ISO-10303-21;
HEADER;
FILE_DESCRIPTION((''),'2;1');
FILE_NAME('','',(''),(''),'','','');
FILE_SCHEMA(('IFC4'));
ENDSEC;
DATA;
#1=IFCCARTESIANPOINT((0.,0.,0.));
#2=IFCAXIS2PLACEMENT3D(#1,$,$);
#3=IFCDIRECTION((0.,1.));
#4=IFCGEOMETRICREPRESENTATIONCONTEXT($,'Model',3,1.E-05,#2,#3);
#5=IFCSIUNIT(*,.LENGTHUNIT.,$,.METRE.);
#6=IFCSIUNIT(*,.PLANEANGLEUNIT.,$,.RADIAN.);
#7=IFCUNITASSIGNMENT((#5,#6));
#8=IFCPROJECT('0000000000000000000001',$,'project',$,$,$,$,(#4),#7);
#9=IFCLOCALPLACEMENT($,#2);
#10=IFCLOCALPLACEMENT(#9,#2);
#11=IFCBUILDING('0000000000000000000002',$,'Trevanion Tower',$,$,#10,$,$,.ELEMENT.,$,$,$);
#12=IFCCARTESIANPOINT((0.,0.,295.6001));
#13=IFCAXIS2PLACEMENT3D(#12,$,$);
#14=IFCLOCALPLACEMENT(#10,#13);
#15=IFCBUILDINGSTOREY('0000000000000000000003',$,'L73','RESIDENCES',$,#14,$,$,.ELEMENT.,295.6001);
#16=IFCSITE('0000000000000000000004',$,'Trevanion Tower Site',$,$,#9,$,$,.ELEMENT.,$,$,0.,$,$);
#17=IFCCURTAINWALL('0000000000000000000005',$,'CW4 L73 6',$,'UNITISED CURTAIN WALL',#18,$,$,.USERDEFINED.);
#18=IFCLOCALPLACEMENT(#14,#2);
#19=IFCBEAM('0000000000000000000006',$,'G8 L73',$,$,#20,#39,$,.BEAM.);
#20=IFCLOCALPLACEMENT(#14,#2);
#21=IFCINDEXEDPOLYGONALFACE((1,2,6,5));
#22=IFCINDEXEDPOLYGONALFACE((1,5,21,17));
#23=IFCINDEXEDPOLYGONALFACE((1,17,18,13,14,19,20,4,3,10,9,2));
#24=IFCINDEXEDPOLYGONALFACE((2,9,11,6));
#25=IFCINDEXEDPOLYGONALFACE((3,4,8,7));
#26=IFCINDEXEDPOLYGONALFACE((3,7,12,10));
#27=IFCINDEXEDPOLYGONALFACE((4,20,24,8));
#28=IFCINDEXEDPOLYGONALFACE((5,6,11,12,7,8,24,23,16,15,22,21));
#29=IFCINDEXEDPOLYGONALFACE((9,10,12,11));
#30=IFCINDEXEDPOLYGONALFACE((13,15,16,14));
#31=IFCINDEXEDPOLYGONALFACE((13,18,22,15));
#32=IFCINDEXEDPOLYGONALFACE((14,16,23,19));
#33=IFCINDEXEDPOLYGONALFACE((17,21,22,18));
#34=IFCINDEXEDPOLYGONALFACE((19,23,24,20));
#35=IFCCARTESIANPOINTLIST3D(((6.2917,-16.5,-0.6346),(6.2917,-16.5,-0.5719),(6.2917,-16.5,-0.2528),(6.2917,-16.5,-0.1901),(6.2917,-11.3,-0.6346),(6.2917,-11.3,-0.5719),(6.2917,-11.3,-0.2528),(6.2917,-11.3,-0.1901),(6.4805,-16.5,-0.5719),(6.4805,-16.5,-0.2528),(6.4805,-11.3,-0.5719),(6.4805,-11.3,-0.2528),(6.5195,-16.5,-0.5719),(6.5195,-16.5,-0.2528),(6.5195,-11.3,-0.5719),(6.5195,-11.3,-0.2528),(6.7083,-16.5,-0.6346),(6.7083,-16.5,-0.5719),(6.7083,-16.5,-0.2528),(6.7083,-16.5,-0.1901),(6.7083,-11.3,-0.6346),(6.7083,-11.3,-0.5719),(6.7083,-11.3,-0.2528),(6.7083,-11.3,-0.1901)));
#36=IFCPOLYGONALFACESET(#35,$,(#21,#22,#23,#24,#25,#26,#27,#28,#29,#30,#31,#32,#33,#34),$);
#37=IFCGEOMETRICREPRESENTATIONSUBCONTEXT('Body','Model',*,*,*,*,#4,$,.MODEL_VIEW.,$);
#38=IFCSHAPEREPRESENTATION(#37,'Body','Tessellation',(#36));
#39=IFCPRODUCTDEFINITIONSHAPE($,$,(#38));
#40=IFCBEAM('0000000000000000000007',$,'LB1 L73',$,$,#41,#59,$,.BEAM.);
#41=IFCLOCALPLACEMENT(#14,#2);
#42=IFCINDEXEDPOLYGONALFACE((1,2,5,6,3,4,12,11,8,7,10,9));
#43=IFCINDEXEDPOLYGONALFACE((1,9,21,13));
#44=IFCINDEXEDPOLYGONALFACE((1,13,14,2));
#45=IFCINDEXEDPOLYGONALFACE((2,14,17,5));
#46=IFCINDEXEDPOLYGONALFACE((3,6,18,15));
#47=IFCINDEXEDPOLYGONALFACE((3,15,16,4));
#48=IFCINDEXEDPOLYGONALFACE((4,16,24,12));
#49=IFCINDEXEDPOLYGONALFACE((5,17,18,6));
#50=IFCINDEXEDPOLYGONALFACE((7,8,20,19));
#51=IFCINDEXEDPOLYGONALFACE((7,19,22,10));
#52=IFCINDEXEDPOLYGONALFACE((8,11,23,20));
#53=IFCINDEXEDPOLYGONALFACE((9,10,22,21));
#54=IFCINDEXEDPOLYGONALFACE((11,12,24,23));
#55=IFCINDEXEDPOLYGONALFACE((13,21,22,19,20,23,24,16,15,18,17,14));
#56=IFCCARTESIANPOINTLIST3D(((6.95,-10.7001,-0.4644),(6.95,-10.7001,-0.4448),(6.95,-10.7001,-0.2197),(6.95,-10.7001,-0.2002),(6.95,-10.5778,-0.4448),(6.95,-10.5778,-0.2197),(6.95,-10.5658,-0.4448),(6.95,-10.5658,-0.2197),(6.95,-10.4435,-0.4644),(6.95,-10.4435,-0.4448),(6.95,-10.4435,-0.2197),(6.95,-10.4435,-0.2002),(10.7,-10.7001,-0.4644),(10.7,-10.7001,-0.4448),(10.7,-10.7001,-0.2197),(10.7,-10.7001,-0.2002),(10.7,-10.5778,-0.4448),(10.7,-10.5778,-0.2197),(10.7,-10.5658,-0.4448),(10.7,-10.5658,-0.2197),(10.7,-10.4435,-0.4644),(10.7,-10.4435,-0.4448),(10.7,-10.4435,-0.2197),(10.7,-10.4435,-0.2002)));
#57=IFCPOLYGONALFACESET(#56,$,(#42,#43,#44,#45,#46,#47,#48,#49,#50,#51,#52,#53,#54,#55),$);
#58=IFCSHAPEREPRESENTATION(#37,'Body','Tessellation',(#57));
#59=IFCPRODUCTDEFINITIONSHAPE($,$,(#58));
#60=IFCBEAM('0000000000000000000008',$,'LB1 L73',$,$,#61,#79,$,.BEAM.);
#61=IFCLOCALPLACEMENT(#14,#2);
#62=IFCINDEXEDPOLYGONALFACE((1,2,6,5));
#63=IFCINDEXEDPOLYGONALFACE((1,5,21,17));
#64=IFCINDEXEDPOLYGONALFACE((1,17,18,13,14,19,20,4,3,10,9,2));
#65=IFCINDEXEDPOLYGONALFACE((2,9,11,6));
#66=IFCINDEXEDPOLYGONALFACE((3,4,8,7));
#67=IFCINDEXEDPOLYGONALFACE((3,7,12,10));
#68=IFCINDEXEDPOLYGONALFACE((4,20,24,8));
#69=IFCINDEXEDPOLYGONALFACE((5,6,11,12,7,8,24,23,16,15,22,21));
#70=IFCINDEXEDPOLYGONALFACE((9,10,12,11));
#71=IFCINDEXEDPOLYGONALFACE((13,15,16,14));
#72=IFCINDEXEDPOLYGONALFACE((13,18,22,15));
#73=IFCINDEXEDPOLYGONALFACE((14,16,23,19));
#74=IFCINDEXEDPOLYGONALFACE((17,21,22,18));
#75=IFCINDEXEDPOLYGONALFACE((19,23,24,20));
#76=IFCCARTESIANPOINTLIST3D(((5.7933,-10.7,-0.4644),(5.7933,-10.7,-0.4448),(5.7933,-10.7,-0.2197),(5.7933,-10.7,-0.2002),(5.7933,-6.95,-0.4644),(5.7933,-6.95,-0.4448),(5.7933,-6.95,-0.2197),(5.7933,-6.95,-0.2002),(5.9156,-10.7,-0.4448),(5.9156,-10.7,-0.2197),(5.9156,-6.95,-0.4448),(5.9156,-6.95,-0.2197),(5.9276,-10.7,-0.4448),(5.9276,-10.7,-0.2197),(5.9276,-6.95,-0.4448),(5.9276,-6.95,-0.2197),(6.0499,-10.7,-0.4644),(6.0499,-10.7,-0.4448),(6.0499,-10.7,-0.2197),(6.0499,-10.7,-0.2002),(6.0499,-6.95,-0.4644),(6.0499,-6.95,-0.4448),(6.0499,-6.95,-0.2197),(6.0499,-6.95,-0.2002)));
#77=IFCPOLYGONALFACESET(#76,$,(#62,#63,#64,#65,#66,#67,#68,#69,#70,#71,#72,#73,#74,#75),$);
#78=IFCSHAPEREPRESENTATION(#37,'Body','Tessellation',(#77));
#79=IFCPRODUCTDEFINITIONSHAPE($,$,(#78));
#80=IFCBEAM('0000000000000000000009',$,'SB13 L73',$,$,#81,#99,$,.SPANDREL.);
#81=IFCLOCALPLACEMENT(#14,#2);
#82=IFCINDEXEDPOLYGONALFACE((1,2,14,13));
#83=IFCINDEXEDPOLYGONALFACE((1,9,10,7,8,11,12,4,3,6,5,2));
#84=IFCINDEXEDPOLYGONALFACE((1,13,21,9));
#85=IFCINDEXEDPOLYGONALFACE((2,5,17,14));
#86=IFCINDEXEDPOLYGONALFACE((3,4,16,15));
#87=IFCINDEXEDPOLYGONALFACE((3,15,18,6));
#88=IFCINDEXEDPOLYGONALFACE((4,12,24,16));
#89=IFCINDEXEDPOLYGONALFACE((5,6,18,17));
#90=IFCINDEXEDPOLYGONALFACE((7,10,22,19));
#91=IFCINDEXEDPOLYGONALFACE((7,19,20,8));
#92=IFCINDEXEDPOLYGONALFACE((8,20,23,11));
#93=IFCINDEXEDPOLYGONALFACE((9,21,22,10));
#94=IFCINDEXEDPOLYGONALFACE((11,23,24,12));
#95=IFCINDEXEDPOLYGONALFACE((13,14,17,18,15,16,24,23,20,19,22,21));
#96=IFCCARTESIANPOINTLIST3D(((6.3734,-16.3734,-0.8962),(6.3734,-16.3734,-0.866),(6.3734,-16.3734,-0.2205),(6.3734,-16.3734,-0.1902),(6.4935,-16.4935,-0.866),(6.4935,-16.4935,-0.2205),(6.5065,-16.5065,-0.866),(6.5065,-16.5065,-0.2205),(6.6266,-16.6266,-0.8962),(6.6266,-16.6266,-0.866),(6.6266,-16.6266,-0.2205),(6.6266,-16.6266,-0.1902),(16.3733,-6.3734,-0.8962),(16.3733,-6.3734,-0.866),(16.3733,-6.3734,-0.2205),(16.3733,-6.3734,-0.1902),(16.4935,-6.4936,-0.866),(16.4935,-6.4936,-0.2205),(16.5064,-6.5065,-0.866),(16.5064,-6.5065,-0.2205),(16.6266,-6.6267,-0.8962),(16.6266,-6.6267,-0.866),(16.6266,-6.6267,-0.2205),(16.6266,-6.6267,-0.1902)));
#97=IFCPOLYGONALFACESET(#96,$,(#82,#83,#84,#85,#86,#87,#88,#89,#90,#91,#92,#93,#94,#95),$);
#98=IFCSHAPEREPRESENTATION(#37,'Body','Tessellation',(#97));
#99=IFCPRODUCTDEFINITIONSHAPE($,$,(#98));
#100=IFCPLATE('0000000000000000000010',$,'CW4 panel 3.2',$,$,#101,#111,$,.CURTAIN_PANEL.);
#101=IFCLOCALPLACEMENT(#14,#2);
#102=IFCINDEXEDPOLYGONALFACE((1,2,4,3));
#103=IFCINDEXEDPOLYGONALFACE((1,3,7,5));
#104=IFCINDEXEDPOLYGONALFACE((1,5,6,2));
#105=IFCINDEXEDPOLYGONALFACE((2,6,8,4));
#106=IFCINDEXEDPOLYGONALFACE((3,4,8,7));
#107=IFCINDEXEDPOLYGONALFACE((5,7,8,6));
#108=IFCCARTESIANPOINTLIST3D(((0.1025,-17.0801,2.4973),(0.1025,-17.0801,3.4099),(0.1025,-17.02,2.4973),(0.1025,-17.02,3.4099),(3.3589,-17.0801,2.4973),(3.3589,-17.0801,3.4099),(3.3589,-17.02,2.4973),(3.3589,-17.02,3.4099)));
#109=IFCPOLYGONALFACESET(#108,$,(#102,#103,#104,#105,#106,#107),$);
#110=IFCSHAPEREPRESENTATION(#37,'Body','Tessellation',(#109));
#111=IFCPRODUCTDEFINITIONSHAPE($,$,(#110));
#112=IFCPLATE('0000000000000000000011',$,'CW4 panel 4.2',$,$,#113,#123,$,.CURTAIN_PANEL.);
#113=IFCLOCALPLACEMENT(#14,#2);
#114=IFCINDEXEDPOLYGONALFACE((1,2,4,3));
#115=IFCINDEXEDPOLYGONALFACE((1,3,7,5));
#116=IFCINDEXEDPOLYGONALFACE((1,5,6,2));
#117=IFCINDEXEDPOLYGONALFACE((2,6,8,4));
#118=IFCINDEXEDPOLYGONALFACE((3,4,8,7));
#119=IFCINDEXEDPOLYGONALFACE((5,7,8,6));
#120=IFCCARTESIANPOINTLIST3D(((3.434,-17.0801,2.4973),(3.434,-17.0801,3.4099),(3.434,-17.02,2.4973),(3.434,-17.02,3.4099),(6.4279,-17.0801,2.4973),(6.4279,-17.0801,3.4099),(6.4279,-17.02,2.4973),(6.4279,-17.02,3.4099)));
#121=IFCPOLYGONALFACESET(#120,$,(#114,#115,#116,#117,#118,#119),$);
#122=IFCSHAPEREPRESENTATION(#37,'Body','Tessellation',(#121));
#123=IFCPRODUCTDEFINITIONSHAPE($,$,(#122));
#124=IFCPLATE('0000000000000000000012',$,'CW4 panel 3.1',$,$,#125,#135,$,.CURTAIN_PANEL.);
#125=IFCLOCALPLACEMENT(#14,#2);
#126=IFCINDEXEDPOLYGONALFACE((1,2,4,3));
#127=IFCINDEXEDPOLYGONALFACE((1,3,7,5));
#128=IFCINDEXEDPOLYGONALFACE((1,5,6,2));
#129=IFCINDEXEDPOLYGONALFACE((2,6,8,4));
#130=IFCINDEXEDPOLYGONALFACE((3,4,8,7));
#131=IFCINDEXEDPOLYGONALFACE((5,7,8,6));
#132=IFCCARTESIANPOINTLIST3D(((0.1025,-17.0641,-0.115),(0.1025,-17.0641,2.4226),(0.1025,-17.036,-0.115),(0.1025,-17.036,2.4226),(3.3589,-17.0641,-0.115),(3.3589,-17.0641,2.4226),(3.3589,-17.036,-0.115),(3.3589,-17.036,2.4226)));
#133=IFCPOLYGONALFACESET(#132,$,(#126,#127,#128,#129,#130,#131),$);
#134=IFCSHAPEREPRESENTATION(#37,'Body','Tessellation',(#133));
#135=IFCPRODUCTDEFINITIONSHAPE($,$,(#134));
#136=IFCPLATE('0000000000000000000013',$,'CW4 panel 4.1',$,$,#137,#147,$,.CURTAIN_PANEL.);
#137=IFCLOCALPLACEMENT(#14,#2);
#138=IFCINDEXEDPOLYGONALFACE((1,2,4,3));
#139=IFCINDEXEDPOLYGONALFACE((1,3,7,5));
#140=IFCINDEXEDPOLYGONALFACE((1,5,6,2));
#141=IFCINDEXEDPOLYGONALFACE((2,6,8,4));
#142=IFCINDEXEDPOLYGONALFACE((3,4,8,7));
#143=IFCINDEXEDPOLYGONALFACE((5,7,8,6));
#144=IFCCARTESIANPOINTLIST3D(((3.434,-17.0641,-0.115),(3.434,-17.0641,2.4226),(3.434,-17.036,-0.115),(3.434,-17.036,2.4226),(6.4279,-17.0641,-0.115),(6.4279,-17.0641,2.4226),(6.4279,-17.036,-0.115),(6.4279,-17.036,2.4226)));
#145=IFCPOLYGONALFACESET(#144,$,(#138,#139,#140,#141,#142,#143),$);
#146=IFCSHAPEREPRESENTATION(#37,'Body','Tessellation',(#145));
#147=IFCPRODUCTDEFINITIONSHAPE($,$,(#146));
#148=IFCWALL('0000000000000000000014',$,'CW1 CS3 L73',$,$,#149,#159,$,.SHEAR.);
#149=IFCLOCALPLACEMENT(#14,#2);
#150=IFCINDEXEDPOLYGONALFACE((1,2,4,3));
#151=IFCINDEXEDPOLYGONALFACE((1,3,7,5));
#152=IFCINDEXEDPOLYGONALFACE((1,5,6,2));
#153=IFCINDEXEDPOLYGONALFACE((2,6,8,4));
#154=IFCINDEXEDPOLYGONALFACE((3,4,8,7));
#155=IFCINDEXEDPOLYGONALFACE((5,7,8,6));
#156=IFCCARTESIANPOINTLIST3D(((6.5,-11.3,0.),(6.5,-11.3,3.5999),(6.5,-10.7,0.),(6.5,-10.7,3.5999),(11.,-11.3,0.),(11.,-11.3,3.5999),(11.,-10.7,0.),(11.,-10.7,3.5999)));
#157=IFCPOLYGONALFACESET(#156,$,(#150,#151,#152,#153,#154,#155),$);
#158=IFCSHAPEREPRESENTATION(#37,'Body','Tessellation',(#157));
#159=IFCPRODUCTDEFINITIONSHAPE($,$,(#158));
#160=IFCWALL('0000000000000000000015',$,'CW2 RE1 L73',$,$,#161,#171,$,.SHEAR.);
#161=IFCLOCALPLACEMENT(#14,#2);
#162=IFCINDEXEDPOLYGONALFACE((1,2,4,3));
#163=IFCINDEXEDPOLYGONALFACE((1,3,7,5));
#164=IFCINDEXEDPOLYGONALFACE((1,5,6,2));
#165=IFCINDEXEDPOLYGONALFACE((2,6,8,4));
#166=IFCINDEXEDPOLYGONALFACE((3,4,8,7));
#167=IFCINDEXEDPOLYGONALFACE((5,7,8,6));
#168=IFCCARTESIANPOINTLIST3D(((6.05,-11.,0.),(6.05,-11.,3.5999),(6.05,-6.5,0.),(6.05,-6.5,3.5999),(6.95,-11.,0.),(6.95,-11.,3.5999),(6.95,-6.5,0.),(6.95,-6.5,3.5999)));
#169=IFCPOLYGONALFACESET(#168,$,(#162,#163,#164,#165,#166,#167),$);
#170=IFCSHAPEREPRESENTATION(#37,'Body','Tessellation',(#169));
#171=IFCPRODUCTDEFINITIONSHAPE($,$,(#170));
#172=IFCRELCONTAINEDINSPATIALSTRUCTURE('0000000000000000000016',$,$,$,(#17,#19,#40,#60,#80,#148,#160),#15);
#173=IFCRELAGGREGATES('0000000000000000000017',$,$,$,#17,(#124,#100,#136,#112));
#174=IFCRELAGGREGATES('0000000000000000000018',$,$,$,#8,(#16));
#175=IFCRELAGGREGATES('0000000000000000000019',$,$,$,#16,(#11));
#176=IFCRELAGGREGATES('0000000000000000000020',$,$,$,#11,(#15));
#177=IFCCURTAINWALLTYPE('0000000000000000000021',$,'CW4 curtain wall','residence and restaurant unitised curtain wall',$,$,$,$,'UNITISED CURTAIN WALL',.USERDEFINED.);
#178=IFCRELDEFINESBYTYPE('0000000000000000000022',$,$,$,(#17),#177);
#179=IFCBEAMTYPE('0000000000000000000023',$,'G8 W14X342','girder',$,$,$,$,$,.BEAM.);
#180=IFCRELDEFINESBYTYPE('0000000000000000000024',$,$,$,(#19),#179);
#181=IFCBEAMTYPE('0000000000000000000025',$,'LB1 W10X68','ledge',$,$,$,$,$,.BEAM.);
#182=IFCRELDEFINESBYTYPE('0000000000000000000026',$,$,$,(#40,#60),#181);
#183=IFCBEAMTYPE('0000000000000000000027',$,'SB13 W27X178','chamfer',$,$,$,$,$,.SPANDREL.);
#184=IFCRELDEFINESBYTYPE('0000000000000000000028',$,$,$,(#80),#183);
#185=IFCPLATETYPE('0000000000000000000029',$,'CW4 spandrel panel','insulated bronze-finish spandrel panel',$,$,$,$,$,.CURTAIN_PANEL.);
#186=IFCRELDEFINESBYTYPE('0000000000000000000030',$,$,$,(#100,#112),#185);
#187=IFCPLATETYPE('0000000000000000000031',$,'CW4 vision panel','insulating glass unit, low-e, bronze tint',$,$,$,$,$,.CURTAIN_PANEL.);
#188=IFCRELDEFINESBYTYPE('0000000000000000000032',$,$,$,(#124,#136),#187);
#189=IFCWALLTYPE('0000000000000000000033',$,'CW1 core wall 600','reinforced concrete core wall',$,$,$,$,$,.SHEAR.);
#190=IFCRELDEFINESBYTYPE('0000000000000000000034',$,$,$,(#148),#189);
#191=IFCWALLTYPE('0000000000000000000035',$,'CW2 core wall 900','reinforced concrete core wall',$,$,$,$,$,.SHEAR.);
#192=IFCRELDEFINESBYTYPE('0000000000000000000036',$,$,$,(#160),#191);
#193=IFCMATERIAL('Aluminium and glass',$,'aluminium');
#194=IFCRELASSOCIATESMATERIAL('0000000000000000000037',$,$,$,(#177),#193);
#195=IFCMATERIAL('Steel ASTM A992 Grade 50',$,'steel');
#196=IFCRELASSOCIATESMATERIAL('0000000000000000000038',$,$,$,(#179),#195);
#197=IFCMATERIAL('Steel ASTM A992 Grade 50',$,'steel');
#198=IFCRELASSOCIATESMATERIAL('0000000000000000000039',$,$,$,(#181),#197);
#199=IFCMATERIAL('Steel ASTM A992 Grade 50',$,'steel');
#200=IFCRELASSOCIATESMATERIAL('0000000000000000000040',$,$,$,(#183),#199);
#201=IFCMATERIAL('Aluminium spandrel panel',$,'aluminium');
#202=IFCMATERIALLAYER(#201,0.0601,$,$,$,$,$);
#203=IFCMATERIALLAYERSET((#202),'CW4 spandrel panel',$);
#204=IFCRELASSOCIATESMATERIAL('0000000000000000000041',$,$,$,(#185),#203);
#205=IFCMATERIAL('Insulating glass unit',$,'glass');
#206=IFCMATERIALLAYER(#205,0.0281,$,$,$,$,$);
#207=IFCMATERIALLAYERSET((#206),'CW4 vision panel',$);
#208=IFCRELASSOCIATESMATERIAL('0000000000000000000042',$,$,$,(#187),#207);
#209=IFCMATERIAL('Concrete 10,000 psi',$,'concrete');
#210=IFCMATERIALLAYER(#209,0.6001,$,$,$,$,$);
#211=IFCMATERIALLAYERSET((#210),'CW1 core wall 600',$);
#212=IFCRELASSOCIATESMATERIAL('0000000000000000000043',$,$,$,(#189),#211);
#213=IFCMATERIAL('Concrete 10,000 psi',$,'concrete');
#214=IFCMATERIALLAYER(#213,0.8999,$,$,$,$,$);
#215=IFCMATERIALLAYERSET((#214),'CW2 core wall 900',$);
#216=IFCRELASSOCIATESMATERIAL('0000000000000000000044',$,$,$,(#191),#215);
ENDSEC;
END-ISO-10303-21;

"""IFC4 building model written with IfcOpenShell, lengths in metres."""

from ifc_helpers import new_model, si_unit, direction, frame, frame_2d, origin, origin_2d, place, context, subcontext, project, spatial, rectangle, i_section, extrude, material, layer, layer_set, material_profile, profile_set, type_object, element, aggregate, save


model = new_model("IFC4")

# Units and contexts
model_context = context("Model", 3, precision=1e-05, world=origin(), true_north=direction((0.0, 1.0)))
body_context = subcontext(model_context, "Body", "Model", "MODEL_VIEW")
ifc_project = project(units=[si_unit("LENGTHUNIT", "METRE"), si_unit("PLANEANGLEUNIT", "RADIAN")], contexts=[model_context])

# Site, building, storey
site_placement = place(None, origin())
site = spatial("IfcSite", under=ifc_project, at=site_placement, Name="Trevanion Tower Site", CompositionType="ELEMENT", RefElevation=0.0)
building_placement = place(site_placement, origin())
building = spatial("IfcBuilding", under=site, at=building_placement, Name="Trevanion Tower", CompositionType="ELEMENT")
storey_placement = place(building_placement, frame((0.0, 0.0, 295.6001)))
storey = spatial("IfcBuildingStorey", under=building, at=storey_placement, Name="L73", Description="RESIDENCES", CompositionType="ELEMENT", Elevation=295.6001)

# Curtain wall
ifc_material_1 = material(Name="Aluminium and glass", Category="aluminium")
curtain_wall_type = type_object("IfcCurtainWallType", Name="CW4 curtain wall", Description="residence and restaurant unitised curtain wall", ElementType="UNITISED CURTAIN WALL", PredefinedType="USERDEFINED", material=ifc_material_1)
curtain_wall_1_placement = place(storey_placement, origin())
curtain_wall_1 = element("IfcCurtainWall", 1, at=curtain_wall_1_placement, inside=storey, type_object=curtain_wall_type, Name="CW4 L73 6", ObjectType="UNITISED CURTAIN WALL", PredefinedType="USERDEFINED")

# Beams
ifc_material_2 = material(Name="Steel ASTM A992 Grade 50", Category="steel")
ifc_material_profile_1 = material_profile(ifc_material_2, i_section(OverallWidth=0.4165, OverallDepth=0.4446, WebThickness=0.0391, FlangeThickness=0.0627, at=origin_2d()), Name="W14X342")
ifc_profile_set_1 = profile_set([ifc_material_profile_1], Name="Steel ASTM A992 Grade 50")
beam_type_1 = type_object("IfcBeamType", Name="G8 W14X342", Description="girder", PredefinedType="BEAM", material=ifc_profile_set_1)
beam_1_placement = place(storey_placement, frame((6.5, -11.3, -0.4124), z_axis=(0.0, -1.0, 0.0), x_axis=(1.0, 0.0, 0.0)))
element("IfcBeam", 2, at=beam_1_placement, inside=storey, type_object=beam_type_1, Name="G8 L73", PredefinedType="BEAM", context=body_context, shape_type="SweptSolid", body=[
    extrude(i_section(OverallWidth=0.4165, OverallDepth=0.4446, WebThickness=0.0391, FlangeThickness=0.0627, at=origin_2d()), origin(), (0.0, 0.0, 1.0), 5.2),
])
ifc_material_3 = material(Name="Steel ASTM A992 Grade 50", Category="steel")
ifc_material_profile_2 = material_profile(ifc_material_3, i_section(OverallWidth=0.2566, OverallDepth=0.2642, WebThickness=0.012, FlangeThickness=0.0195, at=origin_2d()), Name="W10X68")
ifc_profile_set_2 = profile_set([ifc_material_profile_2], Name="Steel ASTM A992 Grade 50")
beam_type_2 = type_object("IfcBeamType", Name="LB1 W10X68", Description="ledge", PredefinedType="BEAM", material=ifc_profile_set_2)
for number, where, z_axis, x_axis, name in (
    (3, (6.95, -10.5718, -0.3323), (1.0, 0.0, 0.0), (0.0, 1.0, 0.0), "LB1 L73"),
    (4, (5.9216, -10.7, -0.3323), (0.0, 1.0, 0.0), (-1.0, 0.0, 0.0), "LB1 L73"),
):
    element("IfcBeam", number, at=place(storey_placement, frame(where, z_axis=z_axis, x_axis=x_axis)), inside=storey, type_object=beam_type_2, Name=name, PredefinedType="BEAM", context=body_context, shape_type="SweptSolid", body=[
        extrude(i_section(OverallWidth=0.2566, OverallDepth=0.2642, WebThickness=0.012, FlangeThickness=0.0195, at=origin_2d()), origin(), (0.0, 0.0, 1.0), 3.75),
    ])
ifc_material_4 = material(Name="Steel ASTM A992 Grade 50", Category="steel")
ifc_material_profile_3 = material_profile(ifc_material_4, i_section(OverallWidth=0.3582, OverallDepth=0.7061, WebThickness=0.0183, FlangeThickness=0.0303, at=origin_2d()), Name="W27X178")
ifc_profile_set_3 = profile_set([ifc_material_profile_3], Name="Steel ASTM A992 Grade 50")
beam_type_3 = type_object("IfcBeamType", Name="SB13 W27X178", Description="chamfer", PredefinedType="SPANDREL", material=ifc_profile_set_3)
beam_2_placement = place(storey_placement, frame((6.5, -16.5, -0.5432), z_axis=(0.707107, 0.707107, 0.0), x_axis=(-0.707107, 0.707107, 0.0)))
element("IfcBeam", 5, at=beam_2_placement, inside=storey, type_object=beam_type_3, Name="SB13 L73", PredefinedType="SPANDREL", context=body_context, shape_type="SweptSolid", body=[
    extrude(i_section(OverallWidth=0.3582, OverallDepth=0.7061, WebThickness=0.0183, FlangeThickness=0.0303, at=origin_2d()), origin(), (0.0, 0.0, 1.0), 14.1421),
])

# Plates
ifc_material_5 = material(Name="Aluminium spandrel panel", Category="aluminium")
ifc_layer_1 = layer(ifc_material_5, 0.0601)
ifc_layer_set_1 = layer_set([ifc_layer_1], Name="CW4 spandrel panel")
plate_type_1 = type_object("IfcPlateType", Name="CW4 spandrel panel", Description="insulated bronze-finish spandrel panel", PredefinedType="CURTAIN_PANEL", material=ifc_layer_set_1)
plate_1_placement = place(storey_placement, frame((1.7307, -17.05, 2.4973), z_axis=(0.0, 0.0, 1.0), x_axis=(1.0, 0.0, 0.0)))
plate_1 = element("IfcPlate", 6, at=plate_1_placement, type_object=plate_type_1, Name="CW4 panel 3.2", PredefinedType="CURTAIN_PANEL", context=body_context, shape_type="SweptSolid", body=[
    extrude(rectangle(XDim=3.2563, YDim=0.0601, at=origin_2d()), origin(), (0.0, 0.0, 1.0), 0.9126),
])
plate_2_placement = place(storey_placement, frame((4.9309, -17.05, 2.4973), z_axis=(0.0, 0.0, 1.0), x_axis=(1.0, 0.0, 0.0)))
plate_2 = element("IfcPlate", 7, at=plate_2_placement, type_object=plate_type_1, Name="CW4 panel 4.2", PredefinedType="CURTAIN_PANEL", context=body_context, shape_type="SweptSolid", body=[
    extrude(rectangle(XDim=2.9939, YDim=0.0601, at=origin_2d()), origin(), (0.0, 0.0, 1.0), 0.9126),
])
ifc_material_6 = material(Name="Insulating glass unit", Category="glass")
ifc_layer_2 = layer(ifc_material_6, 0.0281)
ifc_layer_set_2 = layer_set([ifc_layer_2], Name="CW4 vision panel")
plate_type_2 = type_object("IfcPlateType", Name="CW4 vision panel", Description="insulating glass unit, low-e, bronze tint", PredefinedType="CURTAIN_PANEL", material=ifc_layer_set_2)
plate_3_placement = place(storey_placement, frame((1.7307, -17.05, -0.115), z_axis=(0.0, 0.0, 1.0), x_axis=(1.0, 0.0, 0.0)))
plate_3 = element("IfcPlate", 8, at=plate_3_placement, type_object=plate_type_2, Name="CW4 panel 3.1", PredefinedType="CURTAIN_PANEL", context=body_context, shape_type="SweptSolid", body=[
    extrude(rectangle(XDim=3.2563, YDim=0.0281, at=origin_2d()), origin(), (0.0, 0.0, 1.0), 2.5376),
])
plate_4_placement = place(storey_placement, frame((4.9309, -17.05, -0.115), z_axis=(0.0, 0.0, 1.0), x_axis=(1.0, 0.0, 0.0)))
plate_4 = element("IfcPlate", 9, at=plate_4_placement, type_object=plate_type_2, Name="CW4 panel 4.1", PredefinedType="CURTAIN_PANEL", context=body_context, shape_type="SweptSolid", body=[
    extrude(rectangle(XDim=2.9939, YDim=0.0281, at=origin_2d()), origin(), (0.0, 0.0, 1.0), 2.5376),
])
aggregate(curtain_wall_1, [plate_3, plate_1, plate_4, plate_2])

# Walls
ifc_material_7 = material(Name="Concrete 10,000 psi", Category="concrete")
ifc_layer_3 = layer(ifc_material_7, 0.6001)
ifc_layer_set_3 = layer_set([ifc_layer_3], Name="CW1 core wall 600")
wall_type_1 = type_object("IfcWallType", Name="CW1 core wall 600", Description="reinforced concrete core wall", PredefinedType="SHEAR", material=ifc_layer_set_3)
wall_1_placement = place(storey_placement, frame((6.5, -11.0, 0.0), z_axis=(0.0, 0.0, 1.0), x_axis=(1.0, 0.0, 0.0)))
element("IfcWall", 10, at=wall_1_placement, inside=storey, type_object=wall_type_1, Name="CW1 CS3 L73", PredefinedType="SHEAR", context=body_context, shape_type="SweptSolid", body=[
    extrude(rectangle(XDim=4.5, YDim=0.6001, at=frame_2d((2.25, 0.0))), origin(), (0.0, 0.0, 1.0), 3.5999),
])
ifc_material_8 = material(Name="Concrete 10,000 psi", Category="concrete")
ifc_layer_4 = layer(ifc_material_8, 0.8999)
ifc_layer_set_4 = layer_set([ifc_layer_4], Name="CW2 core wall 900")
wall_type_2 = type_object("IfcWallType", Name="CW2 core wall 900", Description="reinforced concrete core wall", PredefinedType="SHEAR", material=ifc_layer_set_4)
wall_2_placement = place(storey_placement, frame((6.5, -11.0, 0.0), z_axis=(0.0, 0.0, 1.0), x_axis=(0.0, 1.0, 0.0)))
element("IfcWall", 11, at=wall_2_placement, inside=storey, type_object=wall_type_2, Name="CW2 RE1 L73", PredefinedType="SHEAR", context=body_context, shape_type="SweptSolid", body=[
    extrude(rectangle(XDim=4.5, YDim=0.8999, at=frame_2d((2.25, 0.0))), origin(), (0.0, 0.0, 1.0), 3.5999),
])

save(model, "model.ifc")
